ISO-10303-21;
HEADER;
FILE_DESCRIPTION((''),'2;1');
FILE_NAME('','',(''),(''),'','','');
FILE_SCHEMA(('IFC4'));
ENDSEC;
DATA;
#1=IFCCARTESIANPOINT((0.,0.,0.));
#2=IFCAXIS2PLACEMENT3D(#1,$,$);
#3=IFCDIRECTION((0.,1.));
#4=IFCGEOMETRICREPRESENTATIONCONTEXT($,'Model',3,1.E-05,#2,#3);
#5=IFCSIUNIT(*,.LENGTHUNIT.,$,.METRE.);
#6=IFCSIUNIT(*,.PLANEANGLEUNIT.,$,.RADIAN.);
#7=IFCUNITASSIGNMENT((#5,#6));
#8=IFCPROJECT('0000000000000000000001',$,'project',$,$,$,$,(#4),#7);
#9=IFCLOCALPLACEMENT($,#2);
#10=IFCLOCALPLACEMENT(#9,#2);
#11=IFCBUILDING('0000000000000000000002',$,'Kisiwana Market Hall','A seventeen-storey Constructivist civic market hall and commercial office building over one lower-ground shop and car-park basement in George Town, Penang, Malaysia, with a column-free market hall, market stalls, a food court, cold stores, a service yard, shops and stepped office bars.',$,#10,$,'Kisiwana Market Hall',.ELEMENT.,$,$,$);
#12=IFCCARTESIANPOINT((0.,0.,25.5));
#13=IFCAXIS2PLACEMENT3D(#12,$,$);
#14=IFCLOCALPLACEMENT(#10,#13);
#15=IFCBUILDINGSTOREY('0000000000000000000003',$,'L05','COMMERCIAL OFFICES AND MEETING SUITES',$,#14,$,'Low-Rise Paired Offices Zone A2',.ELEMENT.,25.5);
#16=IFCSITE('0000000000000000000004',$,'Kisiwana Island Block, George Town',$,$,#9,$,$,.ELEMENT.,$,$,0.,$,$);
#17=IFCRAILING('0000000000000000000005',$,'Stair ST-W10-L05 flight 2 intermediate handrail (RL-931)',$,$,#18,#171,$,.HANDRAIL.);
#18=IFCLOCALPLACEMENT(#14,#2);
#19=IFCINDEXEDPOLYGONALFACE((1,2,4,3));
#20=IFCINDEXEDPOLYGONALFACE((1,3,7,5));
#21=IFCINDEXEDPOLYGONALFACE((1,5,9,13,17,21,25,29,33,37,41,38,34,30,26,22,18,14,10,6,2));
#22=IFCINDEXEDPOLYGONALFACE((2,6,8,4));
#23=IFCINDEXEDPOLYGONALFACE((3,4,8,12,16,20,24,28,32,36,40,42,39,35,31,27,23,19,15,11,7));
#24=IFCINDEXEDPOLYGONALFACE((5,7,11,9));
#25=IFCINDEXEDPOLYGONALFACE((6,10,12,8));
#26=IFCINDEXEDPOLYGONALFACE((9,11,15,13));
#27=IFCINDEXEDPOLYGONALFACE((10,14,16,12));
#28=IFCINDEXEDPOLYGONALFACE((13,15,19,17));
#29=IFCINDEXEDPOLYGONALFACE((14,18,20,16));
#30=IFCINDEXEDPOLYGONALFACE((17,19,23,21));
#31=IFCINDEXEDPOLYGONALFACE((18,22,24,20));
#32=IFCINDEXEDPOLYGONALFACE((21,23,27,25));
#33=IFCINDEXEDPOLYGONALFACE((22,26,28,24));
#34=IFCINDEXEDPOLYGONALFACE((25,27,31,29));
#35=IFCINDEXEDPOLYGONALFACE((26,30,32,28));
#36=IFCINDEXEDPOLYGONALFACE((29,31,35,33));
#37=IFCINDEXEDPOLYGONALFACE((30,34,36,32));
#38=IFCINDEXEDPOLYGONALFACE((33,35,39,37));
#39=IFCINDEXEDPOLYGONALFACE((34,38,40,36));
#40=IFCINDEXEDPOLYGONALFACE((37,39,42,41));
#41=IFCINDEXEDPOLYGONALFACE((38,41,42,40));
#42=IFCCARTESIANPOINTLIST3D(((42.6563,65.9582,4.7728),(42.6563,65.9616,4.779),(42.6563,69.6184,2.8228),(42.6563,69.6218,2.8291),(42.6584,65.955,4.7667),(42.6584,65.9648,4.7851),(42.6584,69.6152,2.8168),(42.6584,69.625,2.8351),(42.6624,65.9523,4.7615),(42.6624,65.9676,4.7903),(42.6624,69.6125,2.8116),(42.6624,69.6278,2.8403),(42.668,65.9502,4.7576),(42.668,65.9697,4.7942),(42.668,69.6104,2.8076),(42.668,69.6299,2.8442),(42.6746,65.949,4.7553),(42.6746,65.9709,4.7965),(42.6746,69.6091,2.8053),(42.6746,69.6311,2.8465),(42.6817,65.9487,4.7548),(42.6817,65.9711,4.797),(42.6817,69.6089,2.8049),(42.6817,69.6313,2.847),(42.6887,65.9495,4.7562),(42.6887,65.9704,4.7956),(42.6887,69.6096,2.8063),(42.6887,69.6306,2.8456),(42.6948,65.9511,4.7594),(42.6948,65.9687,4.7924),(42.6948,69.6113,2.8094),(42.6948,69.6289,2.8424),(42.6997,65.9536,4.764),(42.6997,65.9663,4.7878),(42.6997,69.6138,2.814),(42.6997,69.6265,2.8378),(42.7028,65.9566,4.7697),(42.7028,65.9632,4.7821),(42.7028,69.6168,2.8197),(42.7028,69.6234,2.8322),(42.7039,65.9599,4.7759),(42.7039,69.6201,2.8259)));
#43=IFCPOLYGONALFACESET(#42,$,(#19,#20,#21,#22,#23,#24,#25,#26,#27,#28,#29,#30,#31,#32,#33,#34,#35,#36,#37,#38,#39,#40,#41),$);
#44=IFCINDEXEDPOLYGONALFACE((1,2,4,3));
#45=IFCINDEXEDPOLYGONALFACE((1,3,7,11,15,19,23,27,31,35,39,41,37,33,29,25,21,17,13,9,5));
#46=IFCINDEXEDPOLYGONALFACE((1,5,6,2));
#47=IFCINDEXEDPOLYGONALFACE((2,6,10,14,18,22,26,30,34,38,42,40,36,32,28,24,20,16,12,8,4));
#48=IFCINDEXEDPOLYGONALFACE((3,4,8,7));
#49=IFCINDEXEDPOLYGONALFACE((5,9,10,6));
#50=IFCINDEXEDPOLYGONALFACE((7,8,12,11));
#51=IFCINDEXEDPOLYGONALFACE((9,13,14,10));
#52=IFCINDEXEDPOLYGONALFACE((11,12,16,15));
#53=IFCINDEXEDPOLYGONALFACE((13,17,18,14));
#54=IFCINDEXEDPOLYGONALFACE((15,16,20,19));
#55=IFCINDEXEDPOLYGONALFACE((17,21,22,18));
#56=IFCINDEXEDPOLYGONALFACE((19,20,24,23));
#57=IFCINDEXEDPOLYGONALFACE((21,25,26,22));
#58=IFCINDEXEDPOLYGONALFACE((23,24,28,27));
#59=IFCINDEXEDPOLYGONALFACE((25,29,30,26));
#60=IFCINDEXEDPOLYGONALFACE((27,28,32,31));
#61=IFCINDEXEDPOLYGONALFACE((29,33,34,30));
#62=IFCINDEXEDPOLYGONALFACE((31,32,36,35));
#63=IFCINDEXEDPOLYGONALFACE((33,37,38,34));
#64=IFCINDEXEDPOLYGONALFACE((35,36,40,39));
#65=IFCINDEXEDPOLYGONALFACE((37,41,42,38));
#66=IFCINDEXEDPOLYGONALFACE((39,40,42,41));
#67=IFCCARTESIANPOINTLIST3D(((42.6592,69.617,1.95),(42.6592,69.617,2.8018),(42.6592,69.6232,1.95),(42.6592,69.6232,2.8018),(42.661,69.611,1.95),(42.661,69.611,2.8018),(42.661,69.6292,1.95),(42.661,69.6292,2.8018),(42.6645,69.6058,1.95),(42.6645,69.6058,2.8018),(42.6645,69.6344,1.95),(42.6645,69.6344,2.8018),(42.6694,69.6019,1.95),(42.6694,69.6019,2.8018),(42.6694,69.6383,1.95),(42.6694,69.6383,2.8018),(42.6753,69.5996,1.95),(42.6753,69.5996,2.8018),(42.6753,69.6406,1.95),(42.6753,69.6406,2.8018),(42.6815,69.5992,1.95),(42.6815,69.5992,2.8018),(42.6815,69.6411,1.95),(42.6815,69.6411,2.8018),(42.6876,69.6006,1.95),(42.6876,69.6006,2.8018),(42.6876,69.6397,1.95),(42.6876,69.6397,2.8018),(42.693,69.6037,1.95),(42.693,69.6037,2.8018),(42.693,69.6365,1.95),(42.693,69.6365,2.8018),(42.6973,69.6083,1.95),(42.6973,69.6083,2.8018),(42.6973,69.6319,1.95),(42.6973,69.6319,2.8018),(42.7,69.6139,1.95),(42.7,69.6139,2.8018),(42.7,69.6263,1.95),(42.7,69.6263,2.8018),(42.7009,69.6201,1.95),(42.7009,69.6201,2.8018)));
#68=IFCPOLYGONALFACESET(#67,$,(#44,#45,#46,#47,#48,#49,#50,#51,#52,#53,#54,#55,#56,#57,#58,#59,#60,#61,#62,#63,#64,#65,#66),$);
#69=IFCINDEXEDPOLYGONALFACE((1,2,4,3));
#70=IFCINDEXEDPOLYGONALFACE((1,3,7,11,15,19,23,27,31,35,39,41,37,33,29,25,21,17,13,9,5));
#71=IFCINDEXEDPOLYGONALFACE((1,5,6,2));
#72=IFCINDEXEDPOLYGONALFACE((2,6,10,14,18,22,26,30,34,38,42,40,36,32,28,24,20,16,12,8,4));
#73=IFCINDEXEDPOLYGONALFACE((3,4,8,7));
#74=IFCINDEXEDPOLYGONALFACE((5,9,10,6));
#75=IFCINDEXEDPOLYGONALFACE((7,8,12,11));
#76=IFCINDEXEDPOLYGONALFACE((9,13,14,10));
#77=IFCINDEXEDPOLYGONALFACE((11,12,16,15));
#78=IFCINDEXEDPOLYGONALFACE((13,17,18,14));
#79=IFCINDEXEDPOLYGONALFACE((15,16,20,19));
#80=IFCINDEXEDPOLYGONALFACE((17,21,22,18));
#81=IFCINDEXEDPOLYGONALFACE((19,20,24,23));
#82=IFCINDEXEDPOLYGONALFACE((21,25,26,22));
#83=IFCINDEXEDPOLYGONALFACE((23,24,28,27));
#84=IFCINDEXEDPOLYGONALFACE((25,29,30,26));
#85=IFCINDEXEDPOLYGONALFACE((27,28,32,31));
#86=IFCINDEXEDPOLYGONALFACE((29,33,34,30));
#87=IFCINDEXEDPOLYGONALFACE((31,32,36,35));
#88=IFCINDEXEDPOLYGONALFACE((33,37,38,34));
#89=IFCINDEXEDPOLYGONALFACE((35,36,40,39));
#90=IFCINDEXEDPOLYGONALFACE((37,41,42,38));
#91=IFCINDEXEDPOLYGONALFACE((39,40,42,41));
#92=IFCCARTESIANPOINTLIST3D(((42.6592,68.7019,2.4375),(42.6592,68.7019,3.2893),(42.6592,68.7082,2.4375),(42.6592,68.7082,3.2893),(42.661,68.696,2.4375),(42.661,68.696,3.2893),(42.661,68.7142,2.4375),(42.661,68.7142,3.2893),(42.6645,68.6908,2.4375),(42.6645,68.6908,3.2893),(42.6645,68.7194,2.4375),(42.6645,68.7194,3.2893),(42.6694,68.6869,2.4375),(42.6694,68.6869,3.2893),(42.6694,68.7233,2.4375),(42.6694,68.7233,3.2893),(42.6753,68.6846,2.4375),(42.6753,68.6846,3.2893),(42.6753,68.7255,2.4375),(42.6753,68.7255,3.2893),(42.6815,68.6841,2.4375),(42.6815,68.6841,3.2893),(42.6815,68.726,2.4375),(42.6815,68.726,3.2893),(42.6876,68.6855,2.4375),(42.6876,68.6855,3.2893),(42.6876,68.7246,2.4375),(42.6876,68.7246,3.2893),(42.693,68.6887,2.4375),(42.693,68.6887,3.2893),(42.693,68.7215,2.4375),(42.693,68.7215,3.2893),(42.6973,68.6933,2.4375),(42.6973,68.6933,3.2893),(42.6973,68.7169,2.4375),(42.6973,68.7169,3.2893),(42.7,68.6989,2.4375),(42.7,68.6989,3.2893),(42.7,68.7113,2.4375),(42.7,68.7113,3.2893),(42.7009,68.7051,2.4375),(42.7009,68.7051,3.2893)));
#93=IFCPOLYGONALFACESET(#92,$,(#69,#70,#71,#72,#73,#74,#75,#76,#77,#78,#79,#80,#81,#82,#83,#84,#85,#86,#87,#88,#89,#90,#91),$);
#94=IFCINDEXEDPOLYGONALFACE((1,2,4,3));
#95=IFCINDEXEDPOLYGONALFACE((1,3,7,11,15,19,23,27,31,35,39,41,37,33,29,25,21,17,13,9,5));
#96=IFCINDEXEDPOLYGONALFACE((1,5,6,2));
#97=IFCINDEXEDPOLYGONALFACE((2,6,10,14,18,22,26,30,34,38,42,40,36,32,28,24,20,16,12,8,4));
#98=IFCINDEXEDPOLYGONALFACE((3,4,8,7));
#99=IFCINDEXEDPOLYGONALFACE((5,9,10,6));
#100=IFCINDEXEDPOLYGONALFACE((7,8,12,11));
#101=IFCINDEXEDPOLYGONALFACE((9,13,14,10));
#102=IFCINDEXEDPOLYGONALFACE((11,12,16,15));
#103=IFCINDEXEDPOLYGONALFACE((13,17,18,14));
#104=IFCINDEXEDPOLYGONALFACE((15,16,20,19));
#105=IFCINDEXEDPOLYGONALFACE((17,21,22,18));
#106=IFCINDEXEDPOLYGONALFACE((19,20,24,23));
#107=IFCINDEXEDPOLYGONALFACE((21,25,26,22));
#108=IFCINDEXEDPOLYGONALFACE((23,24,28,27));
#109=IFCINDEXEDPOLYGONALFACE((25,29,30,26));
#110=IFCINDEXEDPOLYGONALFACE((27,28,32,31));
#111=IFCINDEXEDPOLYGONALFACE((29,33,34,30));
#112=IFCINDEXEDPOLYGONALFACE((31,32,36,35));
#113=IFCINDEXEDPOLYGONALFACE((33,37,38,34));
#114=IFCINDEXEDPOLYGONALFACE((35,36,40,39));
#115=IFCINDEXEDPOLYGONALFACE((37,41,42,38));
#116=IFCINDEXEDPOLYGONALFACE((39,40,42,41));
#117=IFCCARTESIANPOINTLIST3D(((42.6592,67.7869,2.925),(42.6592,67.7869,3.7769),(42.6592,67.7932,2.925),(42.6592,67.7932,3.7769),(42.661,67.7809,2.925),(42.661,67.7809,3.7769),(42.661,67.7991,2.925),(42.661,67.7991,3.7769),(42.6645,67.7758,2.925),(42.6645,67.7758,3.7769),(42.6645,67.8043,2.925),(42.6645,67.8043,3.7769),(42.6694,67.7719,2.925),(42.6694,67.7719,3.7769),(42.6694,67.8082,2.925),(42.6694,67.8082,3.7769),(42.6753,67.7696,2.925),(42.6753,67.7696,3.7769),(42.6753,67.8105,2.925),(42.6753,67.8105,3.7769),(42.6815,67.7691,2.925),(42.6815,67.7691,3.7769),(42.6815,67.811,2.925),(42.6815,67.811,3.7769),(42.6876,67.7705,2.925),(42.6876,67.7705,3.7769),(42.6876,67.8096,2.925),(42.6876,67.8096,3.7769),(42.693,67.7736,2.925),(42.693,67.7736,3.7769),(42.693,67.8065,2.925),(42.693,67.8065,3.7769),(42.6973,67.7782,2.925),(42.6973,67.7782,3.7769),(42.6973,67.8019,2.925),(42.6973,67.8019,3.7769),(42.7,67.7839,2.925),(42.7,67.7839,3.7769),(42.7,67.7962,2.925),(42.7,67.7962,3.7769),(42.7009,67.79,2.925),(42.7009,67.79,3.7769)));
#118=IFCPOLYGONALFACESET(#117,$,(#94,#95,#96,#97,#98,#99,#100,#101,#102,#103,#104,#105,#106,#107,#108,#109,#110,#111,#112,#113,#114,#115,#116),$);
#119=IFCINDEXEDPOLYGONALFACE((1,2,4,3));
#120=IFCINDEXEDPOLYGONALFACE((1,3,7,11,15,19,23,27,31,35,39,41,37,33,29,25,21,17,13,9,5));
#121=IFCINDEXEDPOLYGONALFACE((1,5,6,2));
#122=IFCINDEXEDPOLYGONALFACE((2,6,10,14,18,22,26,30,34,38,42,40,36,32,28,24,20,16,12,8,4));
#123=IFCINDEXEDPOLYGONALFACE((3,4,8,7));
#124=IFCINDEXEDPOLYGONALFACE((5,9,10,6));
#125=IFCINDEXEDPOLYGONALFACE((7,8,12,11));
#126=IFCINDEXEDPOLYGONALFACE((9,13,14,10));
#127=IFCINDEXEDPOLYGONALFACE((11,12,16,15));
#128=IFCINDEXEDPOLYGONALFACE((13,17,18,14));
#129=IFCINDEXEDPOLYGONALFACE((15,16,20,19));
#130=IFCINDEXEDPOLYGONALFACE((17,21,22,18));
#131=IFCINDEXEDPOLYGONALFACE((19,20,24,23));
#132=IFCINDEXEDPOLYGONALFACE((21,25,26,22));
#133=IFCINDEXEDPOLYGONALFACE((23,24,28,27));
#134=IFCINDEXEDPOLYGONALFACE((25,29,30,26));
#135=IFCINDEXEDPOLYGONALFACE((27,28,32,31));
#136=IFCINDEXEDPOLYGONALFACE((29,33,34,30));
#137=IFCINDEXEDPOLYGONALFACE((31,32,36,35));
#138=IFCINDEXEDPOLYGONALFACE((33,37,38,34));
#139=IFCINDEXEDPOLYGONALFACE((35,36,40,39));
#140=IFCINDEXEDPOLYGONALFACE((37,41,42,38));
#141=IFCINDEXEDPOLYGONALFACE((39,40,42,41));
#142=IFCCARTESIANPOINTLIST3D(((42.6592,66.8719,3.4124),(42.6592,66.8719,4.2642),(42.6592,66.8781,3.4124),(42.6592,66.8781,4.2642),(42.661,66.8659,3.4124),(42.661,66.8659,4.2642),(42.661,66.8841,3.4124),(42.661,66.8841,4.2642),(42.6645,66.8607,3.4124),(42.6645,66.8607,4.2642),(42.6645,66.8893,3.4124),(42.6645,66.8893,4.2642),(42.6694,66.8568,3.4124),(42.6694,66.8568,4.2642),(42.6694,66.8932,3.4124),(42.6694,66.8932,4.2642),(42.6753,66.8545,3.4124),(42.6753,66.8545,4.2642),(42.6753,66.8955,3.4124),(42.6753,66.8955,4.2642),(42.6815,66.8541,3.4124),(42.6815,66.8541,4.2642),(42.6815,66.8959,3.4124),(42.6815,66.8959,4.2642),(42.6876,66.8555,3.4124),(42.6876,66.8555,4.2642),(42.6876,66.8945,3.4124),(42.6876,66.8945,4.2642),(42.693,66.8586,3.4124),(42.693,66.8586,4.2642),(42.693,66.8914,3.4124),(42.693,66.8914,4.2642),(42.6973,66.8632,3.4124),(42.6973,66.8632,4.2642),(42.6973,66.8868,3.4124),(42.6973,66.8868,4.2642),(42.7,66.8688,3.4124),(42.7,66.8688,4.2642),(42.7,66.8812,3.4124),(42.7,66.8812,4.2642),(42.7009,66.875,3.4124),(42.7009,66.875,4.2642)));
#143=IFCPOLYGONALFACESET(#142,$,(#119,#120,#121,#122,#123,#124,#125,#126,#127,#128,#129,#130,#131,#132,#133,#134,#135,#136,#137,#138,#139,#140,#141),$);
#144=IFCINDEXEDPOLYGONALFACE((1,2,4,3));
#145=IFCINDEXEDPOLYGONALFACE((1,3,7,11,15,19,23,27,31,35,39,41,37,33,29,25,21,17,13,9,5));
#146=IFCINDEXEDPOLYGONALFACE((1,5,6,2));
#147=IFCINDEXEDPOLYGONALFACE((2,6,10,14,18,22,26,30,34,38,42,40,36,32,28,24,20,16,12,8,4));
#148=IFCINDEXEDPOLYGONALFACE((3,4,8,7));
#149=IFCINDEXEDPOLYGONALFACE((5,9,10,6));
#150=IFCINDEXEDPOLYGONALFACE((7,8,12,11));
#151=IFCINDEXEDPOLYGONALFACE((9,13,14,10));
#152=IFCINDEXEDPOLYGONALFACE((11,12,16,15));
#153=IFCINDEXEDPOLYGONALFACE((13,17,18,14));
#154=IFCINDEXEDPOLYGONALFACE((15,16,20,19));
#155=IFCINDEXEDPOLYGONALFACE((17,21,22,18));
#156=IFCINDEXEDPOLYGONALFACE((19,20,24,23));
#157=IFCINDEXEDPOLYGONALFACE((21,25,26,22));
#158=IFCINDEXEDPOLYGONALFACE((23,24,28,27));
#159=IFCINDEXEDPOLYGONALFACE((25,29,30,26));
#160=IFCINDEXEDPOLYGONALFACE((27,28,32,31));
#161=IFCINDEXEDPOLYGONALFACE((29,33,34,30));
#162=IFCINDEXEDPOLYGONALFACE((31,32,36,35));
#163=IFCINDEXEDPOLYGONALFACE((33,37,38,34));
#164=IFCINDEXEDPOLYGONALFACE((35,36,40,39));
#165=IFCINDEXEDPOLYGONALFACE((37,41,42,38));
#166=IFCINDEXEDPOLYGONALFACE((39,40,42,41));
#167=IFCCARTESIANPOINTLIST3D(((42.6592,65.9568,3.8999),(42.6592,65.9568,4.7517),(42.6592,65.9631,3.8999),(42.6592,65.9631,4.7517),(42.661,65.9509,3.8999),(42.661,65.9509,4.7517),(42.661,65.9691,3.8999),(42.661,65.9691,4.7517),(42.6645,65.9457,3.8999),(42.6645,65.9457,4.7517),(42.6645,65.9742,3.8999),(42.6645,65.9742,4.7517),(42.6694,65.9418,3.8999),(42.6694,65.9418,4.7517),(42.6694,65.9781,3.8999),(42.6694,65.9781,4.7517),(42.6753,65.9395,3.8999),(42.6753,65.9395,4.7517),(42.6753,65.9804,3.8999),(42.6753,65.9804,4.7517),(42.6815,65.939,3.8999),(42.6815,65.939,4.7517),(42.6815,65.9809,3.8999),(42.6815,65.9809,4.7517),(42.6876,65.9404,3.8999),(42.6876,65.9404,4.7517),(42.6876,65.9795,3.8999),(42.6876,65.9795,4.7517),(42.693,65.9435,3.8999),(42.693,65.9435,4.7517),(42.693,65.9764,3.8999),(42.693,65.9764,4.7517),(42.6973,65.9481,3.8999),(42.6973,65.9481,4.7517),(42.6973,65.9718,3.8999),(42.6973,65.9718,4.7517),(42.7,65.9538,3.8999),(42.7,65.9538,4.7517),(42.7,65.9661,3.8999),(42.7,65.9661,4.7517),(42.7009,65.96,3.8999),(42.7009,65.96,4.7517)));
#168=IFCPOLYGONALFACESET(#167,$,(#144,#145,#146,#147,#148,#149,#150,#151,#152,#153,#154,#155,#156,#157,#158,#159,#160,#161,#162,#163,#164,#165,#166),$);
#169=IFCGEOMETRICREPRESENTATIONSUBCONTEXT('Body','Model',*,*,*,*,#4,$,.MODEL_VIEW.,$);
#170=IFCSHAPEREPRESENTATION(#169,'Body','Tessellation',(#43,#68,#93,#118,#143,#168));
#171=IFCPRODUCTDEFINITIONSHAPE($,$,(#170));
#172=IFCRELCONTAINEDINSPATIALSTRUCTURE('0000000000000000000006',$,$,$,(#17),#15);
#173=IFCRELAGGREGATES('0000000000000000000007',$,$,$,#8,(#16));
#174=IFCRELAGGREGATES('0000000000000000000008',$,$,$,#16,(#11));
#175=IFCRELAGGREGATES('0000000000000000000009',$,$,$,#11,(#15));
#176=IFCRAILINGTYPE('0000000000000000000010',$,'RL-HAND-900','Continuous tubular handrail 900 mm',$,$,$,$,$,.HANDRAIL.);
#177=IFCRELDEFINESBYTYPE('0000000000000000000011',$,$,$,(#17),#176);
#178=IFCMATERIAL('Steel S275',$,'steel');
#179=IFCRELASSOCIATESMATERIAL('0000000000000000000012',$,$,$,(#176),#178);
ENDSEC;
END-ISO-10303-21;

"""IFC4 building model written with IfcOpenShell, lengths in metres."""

from ifc_helpers import new_model, si_unit, direction, frame, origin, origin_2d, place, context, subcontext, project, spatial, circle, extrude, material, type_object, element, save


model = new_model("IFC4")

# Units and contexts
model_context = context("Model", 3, precision=1e-05, world=origin(), true_north=direction((0.0, 1.0)))
body_context = subcontext(model_context, "Body", "Model", "MODEL_VIEW")
ifc_project = project(units=[si_unit("LENGTHUNIT", "METRE"), si_unit("PLANEANGLEUNIT", "RADIAN")], contexts=[model_context])

# Site, building, storey
site_placement = place(None, origin())
site = spatial("IfcSite", under=ifc_project, at=site_placement, Name="Kisiwana Island Block, George Town", CompositionType="ELEMENT", RefElevation=0.0)
building_placement = place(site_placement, origin())
building = spatial("IfcBuilding", under=site, at=building_placement, Name="Kisiwana Market Hall", Description="A seventeen-storey Constructivist civic market hall and commercial office building over one lower-ground shop and car-park basement in George Town, Penang, Malaysia, with a column-free market hall, market stalls, a food court, cold stores, a service yard, shops and stepped office bars.", LongName="Kisiwana Market Hall", CompositionType="ELEMENT")
storey_placement = place(building_placement, frame((0.0, 0.0, 25.5)))
storey = spatial("IfcBuildingStorey", under=building, at=storey_placement, Name="L05", Description="COMMERCIAL OFFICES AND MEETING SUITES", LongName="Low-Rise Paired Offices Zone A2", CompositionType="ELEMENT", Elevation=25.5)

# Railing
ifc_material_1 = material(Name="Steel S275", Category="steel")
railing_type_1 = type_object("IfcRailingType", Name="RL-HAND-900", Description="Continuous tubular handrail 900 mm", PredefinedType="HANDRAIL", material=ifc_material_1)
railing_1_placement = place(storey_placement, frame((42.6799, 69.6201, 1.95)))
element("IfcRailing", 1, at=railing_1_placement, inside=storey, type_object=railing_type_1, Name="Stair ST-W10-L05 flight 2 intermediate handrail (RL-931)", PredefinedType="HANDRAIL", context=body_context, shape_type="SweptSolid", body=[
    extrude(circle(Radius=0.0239, at=origin_2d()), frame((0.0, 0.0, 0.876), z_axis=(0.0, -0.882566, 0.470188), x_axis=(1.0, 0.0, 0.0)), (0.0, 0.0, 1.0), 4.1472),
    extrude(circle(Radius=0.021, at=origin_2d()), origin(), (0.0, 0.0, 1.0), 0.8518),
    extrude(circle(Radius=0.021, at=origin_2d()), frame((0.0, -0.915, 0.4875)), (0.0, 0.0, 1.0), 0.8518),
    extrude(circle(Radius=0.021, at=origin_2d()), frame((0.0, -1.8301, 0.9751)), (0.0, 0.0, 1.0), 0.8518),
    extrude(circle(Radius=0.021, at=origin_2d()), frame((0.0, -2.7451, 1.4624)), (0.0, 0.0, 1.0), 0.8518),
    extrude(circle(Radius=0.021, at=origin_2d()), frame((0.0, -3.6602, 1.95)), (0.0, 0.0, 1.0), 0.8518),
])

save(model, "model.ifc")
